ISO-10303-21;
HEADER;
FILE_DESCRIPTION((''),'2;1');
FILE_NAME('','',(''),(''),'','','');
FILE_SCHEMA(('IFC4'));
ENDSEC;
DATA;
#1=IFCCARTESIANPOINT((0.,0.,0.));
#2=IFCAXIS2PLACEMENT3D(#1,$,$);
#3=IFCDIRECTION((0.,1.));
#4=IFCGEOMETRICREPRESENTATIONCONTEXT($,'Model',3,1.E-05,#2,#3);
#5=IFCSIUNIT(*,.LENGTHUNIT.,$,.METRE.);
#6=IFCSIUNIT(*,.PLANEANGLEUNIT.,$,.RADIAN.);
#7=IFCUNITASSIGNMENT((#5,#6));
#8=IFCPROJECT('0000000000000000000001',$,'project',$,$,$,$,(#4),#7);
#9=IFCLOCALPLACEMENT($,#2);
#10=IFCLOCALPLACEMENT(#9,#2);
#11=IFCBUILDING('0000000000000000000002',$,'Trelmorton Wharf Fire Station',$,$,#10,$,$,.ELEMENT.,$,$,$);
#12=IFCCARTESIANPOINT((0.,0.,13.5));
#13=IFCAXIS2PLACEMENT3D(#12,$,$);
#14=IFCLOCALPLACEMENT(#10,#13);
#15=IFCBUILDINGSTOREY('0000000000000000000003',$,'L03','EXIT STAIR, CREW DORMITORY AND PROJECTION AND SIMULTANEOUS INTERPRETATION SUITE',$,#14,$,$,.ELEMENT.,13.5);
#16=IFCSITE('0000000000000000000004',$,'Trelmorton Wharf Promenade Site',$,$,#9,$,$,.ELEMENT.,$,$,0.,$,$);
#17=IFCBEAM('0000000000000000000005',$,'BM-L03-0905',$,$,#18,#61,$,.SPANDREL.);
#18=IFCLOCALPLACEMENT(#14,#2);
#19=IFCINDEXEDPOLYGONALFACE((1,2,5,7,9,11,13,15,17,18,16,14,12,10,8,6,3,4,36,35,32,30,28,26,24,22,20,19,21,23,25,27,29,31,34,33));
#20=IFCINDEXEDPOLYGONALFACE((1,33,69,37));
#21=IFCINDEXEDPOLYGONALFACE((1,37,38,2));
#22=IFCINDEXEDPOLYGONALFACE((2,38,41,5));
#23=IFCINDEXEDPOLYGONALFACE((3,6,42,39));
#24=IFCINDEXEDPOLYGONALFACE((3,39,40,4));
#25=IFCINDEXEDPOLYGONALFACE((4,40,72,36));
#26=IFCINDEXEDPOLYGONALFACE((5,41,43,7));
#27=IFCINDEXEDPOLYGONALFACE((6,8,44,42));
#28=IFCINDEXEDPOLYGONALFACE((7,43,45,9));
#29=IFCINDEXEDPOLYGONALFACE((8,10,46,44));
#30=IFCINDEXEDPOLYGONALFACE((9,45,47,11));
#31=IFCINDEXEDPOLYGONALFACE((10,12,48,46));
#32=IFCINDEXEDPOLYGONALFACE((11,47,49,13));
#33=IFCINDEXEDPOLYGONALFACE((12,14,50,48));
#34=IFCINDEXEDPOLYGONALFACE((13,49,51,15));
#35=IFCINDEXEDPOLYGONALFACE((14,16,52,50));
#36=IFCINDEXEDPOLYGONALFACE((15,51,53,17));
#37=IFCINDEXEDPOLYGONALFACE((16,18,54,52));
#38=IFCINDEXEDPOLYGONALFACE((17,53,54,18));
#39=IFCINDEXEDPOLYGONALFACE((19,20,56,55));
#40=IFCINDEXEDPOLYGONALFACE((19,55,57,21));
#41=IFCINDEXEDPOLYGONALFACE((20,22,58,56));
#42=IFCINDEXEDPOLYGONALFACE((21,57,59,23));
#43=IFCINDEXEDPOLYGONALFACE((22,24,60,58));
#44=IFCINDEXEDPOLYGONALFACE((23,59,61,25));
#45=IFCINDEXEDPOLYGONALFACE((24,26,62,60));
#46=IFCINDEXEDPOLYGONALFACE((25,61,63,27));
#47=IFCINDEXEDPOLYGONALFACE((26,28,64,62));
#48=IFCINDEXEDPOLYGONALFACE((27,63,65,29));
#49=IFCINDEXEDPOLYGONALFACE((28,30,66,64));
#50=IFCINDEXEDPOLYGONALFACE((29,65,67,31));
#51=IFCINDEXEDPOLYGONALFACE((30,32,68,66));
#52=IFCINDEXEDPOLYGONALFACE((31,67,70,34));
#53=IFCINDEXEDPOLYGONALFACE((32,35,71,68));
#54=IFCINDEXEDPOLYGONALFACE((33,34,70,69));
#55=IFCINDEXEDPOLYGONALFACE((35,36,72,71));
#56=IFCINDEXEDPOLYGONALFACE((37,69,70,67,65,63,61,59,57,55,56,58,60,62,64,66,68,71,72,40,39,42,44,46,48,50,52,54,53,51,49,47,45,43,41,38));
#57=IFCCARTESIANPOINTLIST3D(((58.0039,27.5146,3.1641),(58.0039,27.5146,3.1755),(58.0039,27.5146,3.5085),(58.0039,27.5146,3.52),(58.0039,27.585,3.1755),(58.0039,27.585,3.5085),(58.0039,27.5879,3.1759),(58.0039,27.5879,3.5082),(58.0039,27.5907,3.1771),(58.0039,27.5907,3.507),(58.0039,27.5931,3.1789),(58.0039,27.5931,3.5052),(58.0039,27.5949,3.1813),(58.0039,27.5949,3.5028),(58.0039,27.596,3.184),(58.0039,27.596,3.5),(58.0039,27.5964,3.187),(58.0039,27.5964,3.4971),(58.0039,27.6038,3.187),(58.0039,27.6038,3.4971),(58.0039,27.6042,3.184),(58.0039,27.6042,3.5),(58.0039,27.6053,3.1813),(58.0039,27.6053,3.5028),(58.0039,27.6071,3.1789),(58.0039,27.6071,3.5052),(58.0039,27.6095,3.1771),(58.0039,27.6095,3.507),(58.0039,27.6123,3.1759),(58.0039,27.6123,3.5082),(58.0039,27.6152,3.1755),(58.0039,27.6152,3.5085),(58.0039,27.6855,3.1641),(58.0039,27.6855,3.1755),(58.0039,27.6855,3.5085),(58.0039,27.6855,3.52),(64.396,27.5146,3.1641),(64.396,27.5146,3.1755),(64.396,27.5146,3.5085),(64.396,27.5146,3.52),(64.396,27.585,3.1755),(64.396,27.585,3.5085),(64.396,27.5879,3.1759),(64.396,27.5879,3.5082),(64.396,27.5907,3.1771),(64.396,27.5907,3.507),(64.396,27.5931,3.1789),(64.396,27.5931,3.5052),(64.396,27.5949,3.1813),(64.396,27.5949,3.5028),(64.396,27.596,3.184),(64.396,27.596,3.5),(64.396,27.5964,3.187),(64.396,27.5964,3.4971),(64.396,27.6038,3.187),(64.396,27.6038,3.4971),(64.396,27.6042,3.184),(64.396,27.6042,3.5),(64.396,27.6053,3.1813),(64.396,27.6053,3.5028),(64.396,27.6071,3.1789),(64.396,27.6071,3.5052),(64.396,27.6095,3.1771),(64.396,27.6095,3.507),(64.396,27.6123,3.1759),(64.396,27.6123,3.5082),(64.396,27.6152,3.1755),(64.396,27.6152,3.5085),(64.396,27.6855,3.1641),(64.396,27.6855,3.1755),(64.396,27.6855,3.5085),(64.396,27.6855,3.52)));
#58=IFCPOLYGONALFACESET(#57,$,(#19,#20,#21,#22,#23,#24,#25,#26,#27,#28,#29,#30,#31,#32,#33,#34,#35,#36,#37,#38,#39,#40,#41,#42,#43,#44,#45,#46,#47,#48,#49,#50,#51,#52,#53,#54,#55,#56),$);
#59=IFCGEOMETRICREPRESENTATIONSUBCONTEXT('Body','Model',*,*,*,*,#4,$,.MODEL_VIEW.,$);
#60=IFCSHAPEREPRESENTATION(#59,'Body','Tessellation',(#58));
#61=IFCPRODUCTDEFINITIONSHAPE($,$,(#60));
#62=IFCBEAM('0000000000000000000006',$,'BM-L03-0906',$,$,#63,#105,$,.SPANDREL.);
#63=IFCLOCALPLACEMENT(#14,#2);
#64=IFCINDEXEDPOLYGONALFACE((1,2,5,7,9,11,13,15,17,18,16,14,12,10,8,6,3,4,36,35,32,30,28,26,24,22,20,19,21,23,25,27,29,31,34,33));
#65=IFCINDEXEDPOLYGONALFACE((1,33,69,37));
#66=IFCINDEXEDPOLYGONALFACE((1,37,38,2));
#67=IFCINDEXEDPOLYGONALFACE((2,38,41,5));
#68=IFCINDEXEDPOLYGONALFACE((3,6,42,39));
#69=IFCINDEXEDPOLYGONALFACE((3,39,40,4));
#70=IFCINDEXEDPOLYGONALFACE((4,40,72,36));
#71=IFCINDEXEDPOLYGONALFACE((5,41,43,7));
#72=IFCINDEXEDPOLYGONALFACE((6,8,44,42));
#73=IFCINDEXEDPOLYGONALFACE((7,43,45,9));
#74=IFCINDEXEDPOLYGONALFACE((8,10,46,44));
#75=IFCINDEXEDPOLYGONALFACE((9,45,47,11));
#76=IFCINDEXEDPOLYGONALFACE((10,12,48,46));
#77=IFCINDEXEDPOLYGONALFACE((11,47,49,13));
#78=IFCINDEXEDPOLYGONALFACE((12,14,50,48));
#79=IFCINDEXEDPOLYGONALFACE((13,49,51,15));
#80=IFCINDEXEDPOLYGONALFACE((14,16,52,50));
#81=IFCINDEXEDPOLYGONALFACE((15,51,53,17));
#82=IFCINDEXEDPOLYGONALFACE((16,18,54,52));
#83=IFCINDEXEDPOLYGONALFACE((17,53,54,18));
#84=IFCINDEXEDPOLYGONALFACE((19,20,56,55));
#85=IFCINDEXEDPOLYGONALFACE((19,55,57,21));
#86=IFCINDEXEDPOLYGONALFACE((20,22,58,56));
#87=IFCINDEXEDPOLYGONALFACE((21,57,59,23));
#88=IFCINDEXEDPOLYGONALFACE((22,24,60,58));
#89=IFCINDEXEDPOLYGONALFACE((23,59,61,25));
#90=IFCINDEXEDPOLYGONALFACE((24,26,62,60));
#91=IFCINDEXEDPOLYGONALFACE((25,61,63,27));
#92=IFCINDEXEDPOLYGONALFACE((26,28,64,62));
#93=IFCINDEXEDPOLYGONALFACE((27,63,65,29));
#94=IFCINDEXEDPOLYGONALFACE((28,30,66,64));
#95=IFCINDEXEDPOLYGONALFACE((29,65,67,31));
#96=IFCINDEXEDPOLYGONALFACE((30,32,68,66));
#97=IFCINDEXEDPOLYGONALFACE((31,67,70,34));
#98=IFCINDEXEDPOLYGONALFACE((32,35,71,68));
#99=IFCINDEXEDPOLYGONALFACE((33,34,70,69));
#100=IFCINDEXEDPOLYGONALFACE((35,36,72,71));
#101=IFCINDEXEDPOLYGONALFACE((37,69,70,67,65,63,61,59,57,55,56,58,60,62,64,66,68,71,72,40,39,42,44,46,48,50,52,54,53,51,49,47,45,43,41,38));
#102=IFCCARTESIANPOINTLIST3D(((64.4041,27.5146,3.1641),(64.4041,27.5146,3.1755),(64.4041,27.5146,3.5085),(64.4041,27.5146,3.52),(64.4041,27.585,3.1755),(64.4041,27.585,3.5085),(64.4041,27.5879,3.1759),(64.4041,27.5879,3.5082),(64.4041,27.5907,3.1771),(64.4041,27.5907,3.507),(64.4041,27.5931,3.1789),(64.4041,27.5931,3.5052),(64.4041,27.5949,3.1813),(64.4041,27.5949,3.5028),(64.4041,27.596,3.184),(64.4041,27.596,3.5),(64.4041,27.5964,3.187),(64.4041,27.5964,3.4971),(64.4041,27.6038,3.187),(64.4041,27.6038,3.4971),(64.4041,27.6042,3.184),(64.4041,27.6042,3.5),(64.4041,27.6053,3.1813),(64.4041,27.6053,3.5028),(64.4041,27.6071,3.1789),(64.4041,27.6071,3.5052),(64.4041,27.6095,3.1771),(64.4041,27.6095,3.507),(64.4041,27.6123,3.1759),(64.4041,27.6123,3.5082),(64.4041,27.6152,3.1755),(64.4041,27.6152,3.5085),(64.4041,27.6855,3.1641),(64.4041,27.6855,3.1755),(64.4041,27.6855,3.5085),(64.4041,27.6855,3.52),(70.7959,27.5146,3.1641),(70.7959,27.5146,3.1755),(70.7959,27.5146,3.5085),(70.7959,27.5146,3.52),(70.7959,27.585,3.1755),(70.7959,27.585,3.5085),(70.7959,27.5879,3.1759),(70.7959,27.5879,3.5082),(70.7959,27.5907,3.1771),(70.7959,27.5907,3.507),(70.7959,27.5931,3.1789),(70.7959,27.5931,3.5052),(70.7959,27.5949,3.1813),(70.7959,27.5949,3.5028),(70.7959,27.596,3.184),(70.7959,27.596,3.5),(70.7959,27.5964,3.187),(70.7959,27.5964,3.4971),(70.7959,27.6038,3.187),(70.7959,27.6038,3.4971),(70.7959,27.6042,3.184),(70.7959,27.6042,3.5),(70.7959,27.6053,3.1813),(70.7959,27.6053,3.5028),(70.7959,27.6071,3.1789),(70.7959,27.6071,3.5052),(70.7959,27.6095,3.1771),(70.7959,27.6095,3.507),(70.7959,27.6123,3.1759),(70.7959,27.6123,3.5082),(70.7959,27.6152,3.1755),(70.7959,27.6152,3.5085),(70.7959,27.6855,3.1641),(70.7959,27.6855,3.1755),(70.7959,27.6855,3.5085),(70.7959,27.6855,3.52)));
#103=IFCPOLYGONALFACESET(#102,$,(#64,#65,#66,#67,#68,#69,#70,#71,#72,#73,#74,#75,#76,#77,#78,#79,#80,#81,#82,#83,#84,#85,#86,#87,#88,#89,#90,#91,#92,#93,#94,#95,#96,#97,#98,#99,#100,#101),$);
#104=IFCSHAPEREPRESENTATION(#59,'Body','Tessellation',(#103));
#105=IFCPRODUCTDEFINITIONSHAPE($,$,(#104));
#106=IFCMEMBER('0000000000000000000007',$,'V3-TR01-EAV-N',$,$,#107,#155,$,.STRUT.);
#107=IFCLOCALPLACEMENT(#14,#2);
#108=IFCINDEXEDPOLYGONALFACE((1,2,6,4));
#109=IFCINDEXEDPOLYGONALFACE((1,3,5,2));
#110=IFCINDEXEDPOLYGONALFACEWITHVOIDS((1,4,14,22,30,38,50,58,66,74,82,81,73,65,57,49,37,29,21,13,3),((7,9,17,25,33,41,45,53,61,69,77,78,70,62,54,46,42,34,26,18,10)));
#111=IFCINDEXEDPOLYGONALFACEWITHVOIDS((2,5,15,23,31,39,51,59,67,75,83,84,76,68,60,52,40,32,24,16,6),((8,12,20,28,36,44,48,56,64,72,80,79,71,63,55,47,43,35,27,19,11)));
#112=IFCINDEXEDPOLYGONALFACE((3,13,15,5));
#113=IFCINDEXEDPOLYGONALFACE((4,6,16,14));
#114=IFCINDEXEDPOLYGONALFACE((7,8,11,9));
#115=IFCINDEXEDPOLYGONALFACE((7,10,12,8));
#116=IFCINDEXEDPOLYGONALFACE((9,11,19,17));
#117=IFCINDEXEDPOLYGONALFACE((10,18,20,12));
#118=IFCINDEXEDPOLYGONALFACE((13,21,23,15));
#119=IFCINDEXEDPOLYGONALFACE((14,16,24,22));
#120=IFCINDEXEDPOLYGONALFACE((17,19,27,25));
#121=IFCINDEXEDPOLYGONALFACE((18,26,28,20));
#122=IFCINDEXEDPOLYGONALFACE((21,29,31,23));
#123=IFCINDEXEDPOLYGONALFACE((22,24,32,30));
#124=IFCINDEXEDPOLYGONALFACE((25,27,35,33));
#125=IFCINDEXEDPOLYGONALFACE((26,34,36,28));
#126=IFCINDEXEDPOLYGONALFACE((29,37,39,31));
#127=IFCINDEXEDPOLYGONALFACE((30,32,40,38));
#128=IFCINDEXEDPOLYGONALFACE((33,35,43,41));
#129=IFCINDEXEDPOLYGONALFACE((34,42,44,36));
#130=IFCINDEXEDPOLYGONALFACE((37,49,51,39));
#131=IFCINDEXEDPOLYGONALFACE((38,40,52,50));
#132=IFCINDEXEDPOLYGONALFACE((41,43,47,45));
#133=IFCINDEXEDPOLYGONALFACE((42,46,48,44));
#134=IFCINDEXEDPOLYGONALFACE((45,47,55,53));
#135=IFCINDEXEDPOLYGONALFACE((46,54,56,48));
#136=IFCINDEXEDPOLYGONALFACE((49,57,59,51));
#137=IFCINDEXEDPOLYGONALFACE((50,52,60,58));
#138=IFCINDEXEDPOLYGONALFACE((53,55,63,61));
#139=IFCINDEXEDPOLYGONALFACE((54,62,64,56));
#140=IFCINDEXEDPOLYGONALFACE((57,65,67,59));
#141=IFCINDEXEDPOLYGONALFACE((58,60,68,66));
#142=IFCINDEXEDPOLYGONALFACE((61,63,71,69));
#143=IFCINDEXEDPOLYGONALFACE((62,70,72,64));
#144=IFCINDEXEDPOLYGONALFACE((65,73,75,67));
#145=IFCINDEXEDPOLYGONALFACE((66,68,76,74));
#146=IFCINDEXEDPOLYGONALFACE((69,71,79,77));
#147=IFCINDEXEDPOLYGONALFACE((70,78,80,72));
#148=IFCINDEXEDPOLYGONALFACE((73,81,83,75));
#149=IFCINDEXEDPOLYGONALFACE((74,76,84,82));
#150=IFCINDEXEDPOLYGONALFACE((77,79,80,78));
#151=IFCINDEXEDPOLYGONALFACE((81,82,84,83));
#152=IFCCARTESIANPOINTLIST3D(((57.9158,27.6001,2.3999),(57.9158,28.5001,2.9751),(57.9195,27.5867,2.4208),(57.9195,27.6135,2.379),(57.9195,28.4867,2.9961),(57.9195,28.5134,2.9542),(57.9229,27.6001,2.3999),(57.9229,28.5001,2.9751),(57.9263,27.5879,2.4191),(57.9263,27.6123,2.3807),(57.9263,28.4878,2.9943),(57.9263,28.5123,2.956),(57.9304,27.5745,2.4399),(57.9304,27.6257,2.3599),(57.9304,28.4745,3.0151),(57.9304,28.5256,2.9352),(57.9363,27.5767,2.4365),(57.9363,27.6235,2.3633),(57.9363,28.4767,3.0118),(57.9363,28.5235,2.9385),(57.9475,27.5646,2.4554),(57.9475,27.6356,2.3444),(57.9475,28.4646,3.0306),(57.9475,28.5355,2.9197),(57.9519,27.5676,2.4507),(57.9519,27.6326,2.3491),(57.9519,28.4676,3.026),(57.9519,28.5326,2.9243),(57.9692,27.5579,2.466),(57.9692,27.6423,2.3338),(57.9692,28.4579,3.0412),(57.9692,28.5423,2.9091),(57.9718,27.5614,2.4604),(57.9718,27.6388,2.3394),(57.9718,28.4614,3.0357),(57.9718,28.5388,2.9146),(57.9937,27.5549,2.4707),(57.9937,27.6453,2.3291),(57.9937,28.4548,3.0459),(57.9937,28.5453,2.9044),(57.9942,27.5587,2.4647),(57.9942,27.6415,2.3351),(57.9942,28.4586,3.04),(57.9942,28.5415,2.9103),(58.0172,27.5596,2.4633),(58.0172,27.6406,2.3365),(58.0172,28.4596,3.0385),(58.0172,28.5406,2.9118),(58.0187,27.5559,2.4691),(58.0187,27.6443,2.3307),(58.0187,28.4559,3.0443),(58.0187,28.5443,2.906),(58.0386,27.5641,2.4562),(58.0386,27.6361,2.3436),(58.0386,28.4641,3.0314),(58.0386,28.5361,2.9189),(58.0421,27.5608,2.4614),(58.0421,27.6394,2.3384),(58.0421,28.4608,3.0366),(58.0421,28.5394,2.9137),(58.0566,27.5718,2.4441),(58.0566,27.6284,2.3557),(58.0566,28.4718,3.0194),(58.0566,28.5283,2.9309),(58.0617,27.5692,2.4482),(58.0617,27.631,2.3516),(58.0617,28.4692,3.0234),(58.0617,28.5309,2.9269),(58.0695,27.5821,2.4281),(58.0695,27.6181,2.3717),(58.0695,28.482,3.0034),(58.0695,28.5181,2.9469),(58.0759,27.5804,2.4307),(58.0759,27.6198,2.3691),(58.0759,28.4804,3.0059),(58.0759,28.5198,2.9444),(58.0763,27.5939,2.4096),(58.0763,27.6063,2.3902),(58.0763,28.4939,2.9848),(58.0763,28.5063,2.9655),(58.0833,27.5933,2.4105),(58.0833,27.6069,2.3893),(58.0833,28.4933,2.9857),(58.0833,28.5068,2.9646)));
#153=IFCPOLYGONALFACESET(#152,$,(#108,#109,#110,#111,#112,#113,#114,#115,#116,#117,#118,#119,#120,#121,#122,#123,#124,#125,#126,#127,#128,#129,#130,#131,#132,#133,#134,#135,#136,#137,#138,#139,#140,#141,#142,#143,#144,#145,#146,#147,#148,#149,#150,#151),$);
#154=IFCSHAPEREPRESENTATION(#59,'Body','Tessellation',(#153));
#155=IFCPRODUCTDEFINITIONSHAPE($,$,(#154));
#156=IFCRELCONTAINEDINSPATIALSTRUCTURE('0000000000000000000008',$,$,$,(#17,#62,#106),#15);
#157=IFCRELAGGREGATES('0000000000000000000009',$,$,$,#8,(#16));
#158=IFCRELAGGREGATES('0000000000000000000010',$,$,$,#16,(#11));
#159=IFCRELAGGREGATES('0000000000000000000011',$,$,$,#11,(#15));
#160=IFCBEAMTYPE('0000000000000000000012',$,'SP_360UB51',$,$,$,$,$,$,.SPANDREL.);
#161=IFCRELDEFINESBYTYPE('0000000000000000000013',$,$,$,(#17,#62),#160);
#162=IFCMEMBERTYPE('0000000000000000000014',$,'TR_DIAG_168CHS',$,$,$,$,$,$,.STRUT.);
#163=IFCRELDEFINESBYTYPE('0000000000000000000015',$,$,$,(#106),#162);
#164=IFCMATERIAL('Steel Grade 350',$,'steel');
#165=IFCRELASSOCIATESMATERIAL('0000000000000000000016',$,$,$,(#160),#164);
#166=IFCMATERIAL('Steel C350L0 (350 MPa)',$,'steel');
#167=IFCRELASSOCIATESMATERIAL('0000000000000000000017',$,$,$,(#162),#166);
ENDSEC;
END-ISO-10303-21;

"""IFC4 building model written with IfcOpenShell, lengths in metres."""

from ifc_helpers import new_model, si_unit, direction, frame, origin, origin_2d, place, context, subcontext, project, spatial, hollow_circle, i_section, extrude, material, material_profile, profile_set, type_object, element, save


model = new_model("IFC4")

# Units and contexts
model_context = context("Model", 3, precision=1e-05, world=origin(), true_north=direction((0.0, 1.0)))
body_context = subcontext(model_context, "Body", "Model", "MODEL_VIEW")
ifc_project = project(units=[si_unit("LENGTHUNIT", "METRE"), si_unit("PLANEANGLEUNIT", "RADIAN")], contexts=[model_context])

# Site, building, storey
site_placement = place(None, origin())
site = spatial("IfcSite", under=ifc_project, at=site_placement, Name="Trelmorton Wharf Promenade Site", CompositionType="ELEMENT", RefElevation=0.0)
building_placement = place(site_placement, origin())
building = spatial("IfcBuilding", under=site, at=building_placement, Name="Trelmorton Wharf Fire Station", CompositionType="ELEMENT")
storey_placement = place(building_placement, frame((0.0, 0.0, 13.5)))
storey = spatial("IfcBuildingStorey", under=building, at=storey_placement, Name="L03", Description="EXIT STAIR, CREW DORMITORY AND PROJECTION AND SIMULTANEOUS INTERPRETATION SUITE", CompositionType="ELEMENT", Elevation=13.5)

# Shared definitions
ifc_material_1 = material(Name="Steel Grade 350", Category="steel")

# Beams
ifc_material_profile_1 = material_profile(ifc_material_1, i_section(OverallWidth=0.1709, OverallDepth=0.356, WebThickness=0.0073, FlangeThickness=0.0115, FilletRadius=0.0115, at=origin_2d()), Name="360UB50.7")
ifc_profile_set_1 = profile_set([ifc_material_profile_1], Name="Steel Grade 350")
beam_type = type_object("IfcBeamType", Name="SP_360UB51", PredefinedType="SPANDREL", material=ifc_profile_set_1)
beam_1_placement = place(storey_placement, frame((58.0039, 27.6001, 3.342), z_axis=(1.0, 0.0, 0.0), x_axis=(0.0, 1.0, 0.0)))
element("IfcBeam", 1, at=beam_1_placement, inside=storey, type_object=beam_type, Name="BM-L03-0905", PredefinedType="SPANDREL", context=body_context, shape_type="SweptSolid", body=[
    extrude(i_section(OverallWidth=0.1709, OverallDepth=0.356, WebThickness=0.0073, FlangeThickness=0.0115, FilletRadius=0.0115, at=origin_2d()), origin(), (0.0, 0.0, 1.0), 6.3921),
])
beam_2_placement = place(storey_placement, frame((64.4041, 27.6001, 3.342), z_axis=(1.0, 0.0, 0.0), x_axis=(0.0, 1.0, 0.0)))
element("IfcBeam", 2, at=beam_2_placement, inside=storey, type_object=beam_type, Name="BM-L03-0906", PredefinedType="SPANDREL", context=body_context, shape_type="SweptSolid", body=[
    extrude(i_section(OverallWidth=0.1709, OverallDepth=0.356, WebThickness=0.0073, FlangeThickness=0.0115, FilletRadius=0.0115, at=origin_2d()), origin(), (0.0, 0.0, 1.0), 6.3918),
])

# Member
ifc_material_2 = material(Name="Steel C350L0 (350 MPa)", Category="steel")
ifc_material_profile_2 = material_profile(ifc_material_2, hollow_circle(Radius=0.0842, WallThickness=0.0071, at=origin_2d()), Name="168.3x7.1CHS")
ifc_profile_set_2 = profile_set([ifc_material_profile_2], Name="Steel C350L0 (350 MPa)")
member_type_1 = type_object("IfcMemberType", Name="TR_DIAG_168CHS", PredefinedType="STRUT", material=ifc_profile_set_2)
member_1_placement = place(storey_placement, frame((58.0, 27.6001, 2.3999), z_axis=(0.0, 0.842587, 0.538561), x_axis=(-1.0, 0.0, 0.0)))
element("IfcMember", 3, at=member_1_placement, inside=storey, type_object=member_type_1, Name="V3-TR01-EAV-N", PredefinedType="STRUT", context=body_context, shape_type="SweptSolid", body=[
    extrude(hollow_circle(Radius=0.0842, WallThickness=0.0071, at=origin_2d()), origin(), (0.0, 0.0, 1.0), 1.0681),
])

save(model, "model.ifc")
